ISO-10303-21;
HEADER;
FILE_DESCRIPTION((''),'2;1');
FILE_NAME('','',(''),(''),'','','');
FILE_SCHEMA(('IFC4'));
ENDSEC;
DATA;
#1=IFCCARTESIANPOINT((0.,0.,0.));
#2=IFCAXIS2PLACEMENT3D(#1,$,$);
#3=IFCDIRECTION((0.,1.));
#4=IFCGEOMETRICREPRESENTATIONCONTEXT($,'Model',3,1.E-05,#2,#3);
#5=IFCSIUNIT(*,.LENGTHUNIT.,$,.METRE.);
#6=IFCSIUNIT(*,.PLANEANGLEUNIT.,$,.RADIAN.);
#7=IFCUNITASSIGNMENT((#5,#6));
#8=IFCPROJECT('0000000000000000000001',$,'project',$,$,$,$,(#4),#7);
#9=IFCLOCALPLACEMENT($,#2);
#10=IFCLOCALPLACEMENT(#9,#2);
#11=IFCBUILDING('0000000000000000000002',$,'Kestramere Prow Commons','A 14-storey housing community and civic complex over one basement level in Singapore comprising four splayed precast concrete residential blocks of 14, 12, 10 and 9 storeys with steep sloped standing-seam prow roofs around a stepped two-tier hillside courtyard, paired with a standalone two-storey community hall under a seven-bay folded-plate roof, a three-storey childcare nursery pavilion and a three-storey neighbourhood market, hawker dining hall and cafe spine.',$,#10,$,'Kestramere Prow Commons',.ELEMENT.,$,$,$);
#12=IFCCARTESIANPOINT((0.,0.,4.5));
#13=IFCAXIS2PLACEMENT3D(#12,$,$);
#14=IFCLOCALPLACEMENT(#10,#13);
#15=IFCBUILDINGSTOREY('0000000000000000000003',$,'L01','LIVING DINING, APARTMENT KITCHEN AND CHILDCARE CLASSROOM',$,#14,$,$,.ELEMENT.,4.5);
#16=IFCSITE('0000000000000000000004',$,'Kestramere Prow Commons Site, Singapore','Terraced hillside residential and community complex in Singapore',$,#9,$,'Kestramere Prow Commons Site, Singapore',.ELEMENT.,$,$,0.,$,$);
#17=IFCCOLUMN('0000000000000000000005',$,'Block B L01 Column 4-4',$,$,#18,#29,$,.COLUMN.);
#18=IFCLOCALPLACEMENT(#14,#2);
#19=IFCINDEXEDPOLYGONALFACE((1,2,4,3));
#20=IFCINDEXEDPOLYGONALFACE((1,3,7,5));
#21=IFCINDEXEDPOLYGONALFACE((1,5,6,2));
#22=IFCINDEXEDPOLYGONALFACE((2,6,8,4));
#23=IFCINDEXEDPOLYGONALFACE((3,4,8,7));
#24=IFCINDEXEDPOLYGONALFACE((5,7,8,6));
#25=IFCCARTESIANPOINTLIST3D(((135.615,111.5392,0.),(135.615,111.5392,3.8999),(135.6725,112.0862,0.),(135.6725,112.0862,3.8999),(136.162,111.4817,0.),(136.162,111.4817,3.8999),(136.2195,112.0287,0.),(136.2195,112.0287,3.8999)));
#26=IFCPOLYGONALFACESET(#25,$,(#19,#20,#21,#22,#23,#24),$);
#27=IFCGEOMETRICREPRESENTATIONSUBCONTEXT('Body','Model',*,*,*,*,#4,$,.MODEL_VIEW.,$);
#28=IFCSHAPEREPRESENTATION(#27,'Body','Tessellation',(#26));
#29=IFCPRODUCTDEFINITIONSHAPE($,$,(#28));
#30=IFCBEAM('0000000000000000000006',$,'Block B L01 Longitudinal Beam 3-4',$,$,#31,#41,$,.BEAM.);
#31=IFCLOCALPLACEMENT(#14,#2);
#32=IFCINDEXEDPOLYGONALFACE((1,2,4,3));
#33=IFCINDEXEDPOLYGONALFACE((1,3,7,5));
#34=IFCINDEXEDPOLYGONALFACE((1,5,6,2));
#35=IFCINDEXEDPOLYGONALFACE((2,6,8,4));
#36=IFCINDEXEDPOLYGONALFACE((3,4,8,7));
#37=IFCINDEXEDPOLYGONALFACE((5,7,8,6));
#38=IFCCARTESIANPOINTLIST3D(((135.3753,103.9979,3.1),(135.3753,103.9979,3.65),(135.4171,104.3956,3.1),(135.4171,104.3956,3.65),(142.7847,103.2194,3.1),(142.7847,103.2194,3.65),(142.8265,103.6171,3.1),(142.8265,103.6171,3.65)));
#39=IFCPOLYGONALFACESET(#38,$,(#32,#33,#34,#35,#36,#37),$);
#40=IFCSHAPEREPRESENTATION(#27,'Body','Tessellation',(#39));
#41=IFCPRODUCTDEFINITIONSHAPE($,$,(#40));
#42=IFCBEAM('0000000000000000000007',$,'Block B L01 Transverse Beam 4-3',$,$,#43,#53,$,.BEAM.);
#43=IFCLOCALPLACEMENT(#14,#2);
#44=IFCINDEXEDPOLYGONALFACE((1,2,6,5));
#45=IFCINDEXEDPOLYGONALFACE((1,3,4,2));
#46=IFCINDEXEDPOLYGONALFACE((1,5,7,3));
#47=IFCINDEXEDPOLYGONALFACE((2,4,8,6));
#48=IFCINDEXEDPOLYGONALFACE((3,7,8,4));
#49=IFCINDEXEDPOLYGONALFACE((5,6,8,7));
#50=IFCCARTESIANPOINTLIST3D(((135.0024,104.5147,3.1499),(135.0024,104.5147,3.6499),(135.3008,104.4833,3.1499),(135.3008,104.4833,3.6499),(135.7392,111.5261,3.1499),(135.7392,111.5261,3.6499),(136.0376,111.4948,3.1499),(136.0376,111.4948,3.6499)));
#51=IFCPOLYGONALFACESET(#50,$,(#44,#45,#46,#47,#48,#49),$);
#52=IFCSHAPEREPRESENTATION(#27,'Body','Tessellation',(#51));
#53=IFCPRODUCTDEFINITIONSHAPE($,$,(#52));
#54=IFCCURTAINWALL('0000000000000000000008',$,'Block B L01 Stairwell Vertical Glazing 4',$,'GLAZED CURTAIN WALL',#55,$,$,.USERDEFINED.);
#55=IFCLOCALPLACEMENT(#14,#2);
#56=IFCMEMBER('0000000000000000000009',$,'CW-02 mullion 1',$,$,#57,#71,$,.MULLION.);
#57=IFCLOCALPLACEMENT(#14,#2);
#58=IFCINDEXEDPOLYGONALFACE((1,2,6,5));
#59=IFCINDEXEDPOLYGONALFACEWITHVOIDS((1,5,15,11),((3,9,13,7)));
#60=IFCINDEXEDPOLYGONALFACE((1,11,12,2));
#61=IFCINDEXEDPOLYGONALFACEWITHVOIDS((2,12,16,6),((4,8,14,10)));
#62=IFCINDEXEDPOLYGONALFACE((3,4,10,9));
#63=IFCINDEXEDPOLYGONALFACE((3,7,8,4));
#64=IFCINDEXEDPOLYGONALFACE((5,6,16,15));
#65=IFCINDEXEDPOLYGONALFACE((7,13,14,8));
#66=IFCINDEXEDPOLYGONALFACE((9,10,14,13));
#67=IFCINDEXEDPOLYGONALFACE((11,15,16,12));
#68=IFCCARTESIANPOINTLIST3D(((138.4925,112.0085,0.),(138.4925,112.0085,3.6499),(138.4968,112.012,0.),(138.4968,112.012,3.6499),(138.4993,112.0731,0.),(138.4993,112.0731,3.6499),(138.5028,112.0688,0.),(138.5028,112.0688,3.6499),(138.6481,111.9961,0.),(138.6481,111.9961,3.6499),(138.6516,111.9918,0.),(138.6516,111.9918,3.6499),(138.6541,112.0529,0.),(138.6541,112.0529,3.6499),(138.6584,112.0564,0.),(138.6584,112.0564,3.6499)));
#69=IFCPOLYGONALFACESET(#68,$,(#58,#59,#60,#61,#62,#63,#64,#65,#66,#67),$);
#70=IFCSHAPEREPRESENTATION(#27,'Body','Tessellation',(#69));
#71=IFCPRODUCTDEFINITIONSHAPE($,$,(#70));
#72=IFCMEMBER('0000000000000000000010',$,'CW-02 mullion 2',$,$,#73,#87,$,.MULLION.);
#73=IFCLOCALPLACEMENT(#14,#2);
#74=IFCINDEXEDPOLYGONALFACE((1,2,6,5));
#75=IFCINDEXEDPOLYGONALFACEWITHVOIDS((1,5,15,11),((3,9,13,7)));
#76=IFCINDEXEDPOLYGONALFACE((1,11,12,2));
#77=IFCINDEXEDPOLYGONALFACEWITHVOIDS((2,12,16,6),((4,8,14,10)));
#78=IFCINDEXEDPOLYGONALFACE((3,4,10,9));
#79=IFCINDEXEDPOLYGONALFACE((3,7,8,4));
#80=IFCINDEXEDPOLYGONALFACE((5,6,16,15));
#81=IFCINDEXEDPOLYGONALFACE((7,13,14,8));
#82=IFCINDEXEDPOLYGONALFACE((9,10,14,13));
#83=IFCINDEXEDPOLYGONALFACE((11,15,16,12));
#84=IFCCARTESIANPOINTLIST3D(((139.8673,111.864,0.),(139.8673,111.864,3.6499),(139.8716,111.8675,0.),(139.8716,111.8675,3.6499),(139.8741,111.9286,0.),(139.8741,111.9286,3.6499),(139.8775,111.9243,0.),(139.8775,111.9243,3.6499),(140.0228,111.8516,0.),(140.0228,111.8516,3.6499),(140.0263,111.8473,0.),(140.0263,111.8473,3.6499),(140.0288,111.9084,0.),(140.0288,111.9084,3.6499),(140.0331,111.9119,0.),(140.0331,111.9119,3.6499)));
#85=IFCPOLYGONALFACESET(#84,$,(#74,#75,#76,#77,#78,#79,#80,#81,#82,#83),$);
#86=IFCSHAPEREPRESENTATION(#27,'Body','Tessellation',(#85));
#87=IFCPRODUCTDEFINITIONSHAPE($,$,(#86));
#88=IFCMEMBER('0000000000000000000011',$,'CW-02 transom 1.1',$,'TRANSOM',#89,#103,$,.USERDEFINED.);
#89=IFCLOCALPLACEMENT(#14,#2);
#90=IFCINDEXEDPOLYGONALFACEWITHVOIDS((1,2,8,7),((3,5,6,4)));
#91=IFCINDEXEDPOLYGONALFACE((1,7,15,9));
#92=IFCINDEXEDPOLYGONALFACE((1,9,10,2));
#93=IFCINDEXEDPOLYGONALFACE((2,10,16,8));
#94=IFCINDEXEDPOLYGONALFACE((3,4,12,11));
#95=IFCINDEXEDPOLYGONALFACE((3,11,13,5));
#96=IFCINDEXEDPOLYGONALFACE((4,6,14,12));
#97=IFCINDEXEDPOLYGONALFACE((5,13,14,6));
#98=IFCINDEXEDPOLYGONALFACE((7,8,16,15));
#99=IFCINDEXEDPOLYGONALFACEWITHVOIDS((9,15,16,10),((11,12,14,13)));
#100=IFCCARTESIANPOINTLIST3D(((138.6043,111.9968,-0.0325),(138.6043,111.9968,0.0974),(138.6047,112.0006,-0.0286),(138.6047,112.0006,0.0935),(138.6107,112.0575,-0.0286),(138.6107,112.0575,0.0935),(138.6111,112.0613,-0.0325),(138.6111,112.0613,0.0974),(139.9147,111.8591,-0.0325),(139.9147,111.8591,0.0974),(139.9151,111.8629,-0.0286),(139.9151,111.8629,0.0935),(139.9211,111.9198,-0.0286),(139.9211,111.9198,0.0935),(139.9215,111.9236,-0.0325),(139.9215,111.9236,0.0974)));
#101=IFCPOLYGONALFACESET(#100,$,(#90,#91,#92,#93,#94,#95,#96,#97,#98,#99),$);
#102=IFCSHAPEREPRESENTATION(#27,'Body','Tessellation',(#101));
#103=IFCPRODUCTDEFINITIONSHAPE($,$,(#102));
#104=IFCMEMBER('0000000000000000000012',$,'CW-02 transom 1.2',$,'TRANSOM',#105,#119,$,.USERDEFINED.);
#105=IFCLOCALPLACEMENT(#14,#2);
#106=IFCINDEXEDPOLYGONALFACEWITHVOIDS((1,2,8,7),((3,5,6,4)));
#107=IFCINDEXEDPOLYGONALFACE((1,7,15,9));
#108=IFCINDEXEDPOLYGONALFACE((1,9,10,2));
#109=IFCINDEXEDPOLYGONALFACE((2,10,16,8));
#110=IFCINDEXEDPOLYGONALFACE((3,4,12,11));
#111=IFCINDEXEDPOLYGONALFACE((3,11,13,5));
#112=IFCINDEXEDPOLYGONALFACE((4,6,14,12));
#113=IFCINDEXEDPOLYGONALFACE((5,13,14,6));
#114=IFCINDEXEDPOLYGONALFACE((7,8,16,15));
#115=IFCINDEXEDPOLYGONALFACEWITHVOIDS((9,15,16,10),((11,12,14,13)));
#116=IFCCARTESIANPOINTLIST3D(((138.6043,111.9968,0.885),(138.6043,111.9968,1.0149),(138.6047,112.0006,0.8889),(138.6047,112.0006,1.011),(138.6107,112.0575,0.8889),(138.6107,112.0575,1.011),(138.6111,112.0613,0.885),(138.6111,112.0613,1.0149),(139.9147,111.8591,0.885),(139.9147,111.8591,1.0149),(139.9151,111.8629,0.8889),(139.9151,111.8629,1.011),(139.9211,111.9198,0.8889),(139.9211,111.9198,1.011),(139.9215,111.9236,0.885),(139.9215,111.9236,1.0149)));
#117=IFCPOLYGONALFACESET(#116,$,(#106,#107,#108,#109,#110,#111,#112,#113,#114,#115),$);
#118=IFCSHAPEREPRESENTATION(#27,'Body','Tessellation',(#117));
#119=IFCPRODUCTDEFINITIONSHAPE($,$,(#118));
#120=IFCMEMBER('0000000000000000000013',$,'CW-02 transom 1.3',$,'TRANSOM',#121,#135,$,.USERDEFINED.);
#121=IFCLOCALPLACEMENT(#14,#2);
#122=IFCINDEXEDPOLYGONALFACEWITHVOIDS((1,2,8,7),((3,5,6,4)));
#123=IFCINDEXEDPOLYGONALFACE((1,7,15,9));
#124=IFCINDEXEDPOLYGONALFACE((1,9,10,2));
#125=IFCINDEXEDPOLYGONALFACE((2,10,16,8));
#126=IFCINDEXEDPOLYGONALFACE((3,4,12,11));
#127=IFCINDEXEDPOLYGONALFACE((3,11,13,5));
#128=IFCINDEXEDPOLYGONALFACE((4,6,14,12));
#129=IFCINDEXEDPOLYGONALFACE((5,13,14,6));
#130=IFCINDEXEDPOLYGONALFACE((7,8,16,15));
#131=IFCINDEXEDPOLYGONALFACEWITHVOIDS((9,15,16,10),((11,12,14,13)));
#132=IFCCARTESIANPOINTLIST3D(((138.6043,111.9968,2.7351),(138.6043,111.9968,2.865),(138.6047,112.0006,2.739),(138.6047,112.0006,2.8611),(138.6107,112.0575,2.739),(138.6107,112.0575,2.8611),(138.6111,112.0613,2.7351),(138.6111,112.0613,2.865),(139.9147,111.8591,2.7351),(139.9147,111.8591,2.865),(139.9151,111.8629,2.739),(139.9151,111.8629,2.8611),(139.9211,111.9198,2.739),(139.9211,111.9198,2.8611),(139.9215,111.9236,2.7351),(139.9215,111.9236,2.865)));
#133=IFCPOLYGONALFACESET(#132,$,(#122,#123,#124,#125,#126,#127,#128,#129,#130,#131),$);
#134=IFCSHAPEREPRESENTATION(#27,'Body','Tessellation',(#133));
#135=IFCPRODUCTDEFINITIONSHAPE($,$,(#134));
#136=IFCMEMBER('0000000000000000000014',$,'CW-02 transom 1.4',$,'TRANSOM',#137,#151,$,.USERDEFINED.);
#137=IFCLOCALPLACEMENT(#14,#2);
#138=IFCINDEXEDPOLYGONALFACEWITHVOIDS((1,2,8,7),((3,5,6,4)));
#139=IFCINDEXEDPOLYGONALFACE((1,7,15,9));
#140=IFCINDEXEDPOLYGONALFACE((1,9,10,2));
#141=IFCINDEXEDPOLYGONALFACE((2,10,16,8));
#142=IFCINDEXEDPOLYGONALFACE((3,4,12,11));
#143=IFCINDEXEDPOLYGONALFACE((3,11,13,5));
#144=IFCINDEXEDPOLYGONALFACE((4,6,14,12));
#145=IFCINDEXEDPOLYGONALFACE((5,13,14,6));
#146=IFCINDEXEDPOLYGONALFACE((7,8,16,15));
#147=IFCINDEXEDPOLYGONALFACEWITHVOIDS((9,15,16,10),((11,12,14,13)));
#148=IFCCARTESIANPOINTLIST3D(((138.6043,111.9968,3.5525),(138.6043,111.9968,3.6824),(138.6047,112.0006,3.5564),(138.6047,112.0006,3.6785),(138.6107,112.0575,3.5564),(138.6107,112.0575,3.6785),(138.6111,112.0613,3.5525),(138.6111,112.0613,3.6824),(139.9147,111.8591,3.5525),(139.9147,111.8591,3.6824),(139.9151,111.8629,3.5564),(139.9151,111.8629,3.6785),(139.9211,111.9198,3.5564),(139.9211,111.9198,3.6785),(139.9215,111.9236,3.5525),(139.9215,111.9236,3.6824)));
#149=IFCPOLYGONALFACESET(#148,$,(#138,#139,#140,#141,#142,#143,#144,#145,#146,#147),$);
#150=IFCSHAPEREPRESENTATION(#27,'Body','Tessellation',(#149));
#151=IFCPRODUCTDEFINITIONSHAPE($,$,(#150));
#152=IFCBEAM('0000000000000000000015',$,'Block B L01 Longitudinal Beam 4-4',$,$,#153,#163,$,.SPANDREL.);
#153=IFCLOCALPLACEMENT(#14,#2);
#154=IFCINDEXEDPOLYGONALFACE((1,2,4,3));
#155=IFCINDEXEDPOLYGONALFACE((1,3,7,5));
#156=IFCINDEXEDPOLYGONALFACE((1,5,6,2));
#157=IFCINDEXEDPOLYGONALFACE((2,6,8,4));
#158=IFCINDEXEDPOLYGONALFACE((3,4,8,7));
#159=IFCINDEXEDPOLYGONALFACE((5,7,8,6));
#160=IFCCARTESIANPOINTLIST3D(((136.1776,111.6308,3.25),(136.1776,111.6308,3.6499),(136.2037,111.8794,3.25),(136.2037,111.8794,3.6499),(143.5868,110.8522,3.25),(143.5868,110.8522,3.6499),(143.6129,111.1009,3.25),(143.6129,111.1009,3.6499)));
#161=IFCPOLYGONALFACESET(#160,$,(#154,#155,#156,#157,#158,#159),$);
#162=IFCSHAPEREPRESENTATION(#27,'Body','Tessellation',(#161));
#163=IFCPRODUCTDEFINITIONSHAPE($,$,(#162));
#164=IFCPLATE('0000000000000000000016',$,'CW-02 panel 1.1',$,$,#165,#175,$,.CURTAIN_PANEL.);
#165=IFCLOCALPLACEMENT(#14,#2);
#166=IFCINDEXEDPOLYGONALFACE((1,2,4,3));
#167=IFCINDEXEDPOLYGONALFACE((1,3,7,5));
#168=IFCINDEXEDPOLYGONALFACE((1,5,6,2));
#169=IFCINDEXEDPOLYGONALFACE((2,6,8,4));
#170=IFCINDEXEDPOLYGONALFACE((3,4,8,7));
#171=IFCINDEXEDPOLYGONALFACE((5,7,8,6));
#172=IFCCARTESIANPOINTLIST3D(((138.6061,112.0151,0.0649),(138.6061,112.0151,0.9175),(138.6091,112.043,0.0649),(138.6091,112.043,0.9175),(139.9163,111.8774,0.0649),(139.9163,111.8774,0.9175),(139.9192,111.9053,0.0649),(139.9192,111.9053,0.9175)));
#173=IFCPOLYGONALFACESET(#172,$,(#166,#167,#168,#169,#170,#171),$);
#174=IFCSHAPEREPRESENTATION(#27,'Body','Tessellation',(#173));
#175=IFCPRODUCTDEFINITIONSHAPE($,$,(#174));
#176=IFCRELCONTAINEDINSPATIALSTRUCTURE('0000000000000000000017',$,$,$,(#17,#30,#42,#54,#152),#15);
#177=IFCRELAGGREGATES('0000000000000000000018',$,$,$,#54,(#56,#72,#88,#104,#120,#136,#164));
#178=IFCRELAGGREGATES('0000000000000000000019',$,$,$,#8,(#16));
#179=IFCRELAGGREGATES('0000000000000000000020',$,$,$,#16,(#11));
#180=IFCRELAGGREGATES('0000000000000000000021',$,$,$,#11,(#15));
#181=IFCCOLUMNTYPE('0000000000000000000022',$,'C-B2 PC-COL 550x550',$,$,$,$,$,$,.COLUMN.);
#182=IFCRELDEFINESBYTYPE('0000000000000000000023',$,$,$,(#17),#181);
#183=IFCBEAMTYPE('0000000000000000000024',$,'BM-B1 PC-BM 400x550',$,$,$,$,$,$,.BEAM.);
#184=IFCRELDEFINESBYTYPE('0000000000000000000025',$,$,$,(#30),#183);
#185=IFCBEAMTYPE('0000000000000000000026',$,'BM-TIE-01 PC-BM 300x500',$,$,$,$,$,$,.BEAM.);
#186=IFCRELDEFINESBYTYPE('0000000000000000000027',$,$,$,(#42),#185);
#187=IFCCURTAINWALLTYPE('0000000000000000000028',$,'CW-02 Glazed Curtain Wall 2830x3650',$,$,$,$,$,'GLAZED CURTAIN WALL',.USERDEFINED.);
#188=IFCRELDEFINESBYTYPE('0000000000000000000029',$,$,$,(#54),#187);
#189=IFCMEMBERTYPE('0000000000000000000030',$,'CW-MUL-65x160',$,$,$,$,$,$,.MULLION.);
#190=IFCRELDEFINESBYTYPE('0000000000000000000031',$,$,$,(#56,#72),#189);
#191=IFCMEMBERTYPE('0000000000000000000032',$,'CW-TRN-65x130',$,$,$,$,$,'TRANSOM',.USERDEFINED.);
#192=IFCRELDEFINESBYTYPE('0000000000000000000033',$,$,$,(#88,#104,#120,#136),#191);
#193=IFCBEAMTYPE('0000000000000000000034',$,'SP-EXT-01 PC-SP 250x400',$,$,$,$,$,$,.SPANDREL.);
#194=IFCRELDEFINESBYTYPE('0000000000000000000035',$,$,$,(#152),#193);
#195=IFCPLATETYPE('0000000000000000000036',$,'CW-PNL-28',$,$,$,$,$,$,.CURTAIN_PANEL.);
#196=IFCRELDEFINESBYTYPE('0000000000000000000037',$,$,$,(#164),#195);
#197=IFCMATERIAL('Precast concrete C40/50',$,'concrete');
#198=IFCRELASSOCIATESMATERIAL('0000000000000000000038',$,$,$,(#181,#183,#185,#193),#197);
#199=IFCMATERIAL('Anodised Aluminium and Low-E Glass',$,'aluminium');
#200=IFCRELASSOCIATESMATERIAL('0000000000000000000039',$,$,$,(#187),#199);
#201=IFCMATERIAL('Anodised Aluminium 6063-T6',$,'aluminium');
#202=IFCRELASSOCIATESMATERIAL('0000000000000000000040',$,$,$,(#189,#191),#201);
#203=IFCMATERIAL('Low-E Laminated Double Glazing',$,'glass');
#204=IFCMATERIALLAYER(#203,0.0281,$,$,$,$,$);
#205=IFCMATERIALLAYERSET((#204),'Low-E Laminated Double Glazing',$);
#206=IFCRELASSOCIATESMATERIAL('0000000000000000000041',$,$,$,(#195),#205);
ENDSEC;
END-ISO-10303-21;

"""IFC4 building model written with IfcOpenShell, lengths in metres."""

from ifc_helpers import new_model, si_unit, direction, frame, origin, origin_2d, place, context, subcontext, project, spatial, rectangle, hollow_rectangle, extrude, material, layer, layer_set, material_profile, profile_set, type_object, element, aggregate, save


model = new_model("IFC4")

# Units and contexts
model_context = context("Model", 3, precision=1e-05, world=origin(), true_north=direction((0.0, 1.0)))
body_context = subcontext(model_context, "Body", "Model", "MODEL_VIEW")
ifc_project = project(units=[si_unit("LENGTHUNIT", "METRE"), si_unit("PLANEANGLEUNIT", "RADIAN")], contexts=[model_context])

# Site, building, storey
site_placement = place(None, origin())
site = spatial("IfcSite", under=ifc_project, at=site_placement, Name="Kestramere Prow Commons Site, Singapore", Description="Terraced hillside residential and community complex in Singapore", LongName="Kestramere Prow Commons Site, Singapore", CompositionType="ELEMENT", RefElevation=0.0)
building_placement = place(site_placement, origin())
building = spatial("IfcBuilding", under=site, at=building_placement, Name="Kestramere Prow Commons", Description="A 14-storey housing community and civic complex over one basement level in Singapore comprising four splayed precast concrete residential blocks of 14, 12, 10 and 9 storeys with steep sloped standing-seam prow roofs around a stepped two-tier hillside courtyard, paired with a standalone two-storey community hall under a seven-bay folded-plate roof, a three-storey childcare nursery pavilion and a three-storey neighbourhood market, hawker dining hall and cafe spine.", LongName="Kestramere Prow Commons", CompositionType="ELEMENT")
storey_placement = place(building_placement, frame((0.0, 0.0, 4.5)))
storey = spatial("IfcBuildingStorey", under=building, at=storey_placement, Name="L01", Description="LIVING DINING, APARTMENT KITCHEN AND CHILDCARE CLASSROOM", CompositionType="ELEMENT", Elevation=4.5)

# Column
ifc_material_1 = material(Name="Precast concrete C40/50", Category="concrete")
ifc_material_profile_1 = material_profile(ifc_material_1, rectangle(XDim=0.55, YDim=0.55, at=origin_2d()), Name="PC-COL 550x550")
ifc_profile_set_1 = profile_set([ifc_material_profile_1], Name="Precast concrete C40/50")
column_type = type_object("IfcColumnType", Name="C-B2 PC-COL 550x550", PredefinedType="COLUMN", material=ifc_profile_set_1)
column_placement = place(storey_placement, frame((135.9172, 111.7839, 0.0), z_axis=(0.0, 0.0, 1.0), x_axis=(0.994522, -0.104528, 0.0)))
element("IfcColumn", 1, at=column_placement, inside=storey, type_object=column_type, Name="Block B L01 Column 4-4", PredefinedType="COLUMN", context=body_context, shape_type="SweptSolid", body=[
    extrude(rectangle(XDim=0.55, YDim=0.55, at=origin_2d()), origin(), (0.0, 0.0, 1.0), 3.8999),
])

# Beams
ifc_material_profile_2 = material_profile(ifc_material_1, rectangle(XDim=0.3999, YDim=0.55, at=origin_2d()), Name="PC-BM 400x550")
ifc_profile_set_2 = profile_set([ifc_material_profile_2], Name="Precast concrete C40/50")
beam_type_1 = type_object("IfcBeamType", Name="BM-B1 PC-BM 400x550", PredefinedType="BEAM", material=ifc_profile_set_2)
beam_1_placement = place(storey_placement, frame((135.3962, 104.1968, 3.375), z_axis=(0.994525, -0.104502, 0.0), x_axis=(0.104502, 0.994525, 0.0)))
element("IfcBeam", 2, at=beam_1_placement, inside=storey, type_object=beam_type_1, Name="Block B L01 Longitudinal Beam 3-4", PredefinedType="BEAM", context=body_context, shape_type="SweptSolid", body=[
    extrude(rectangle(XDim=0.3999, YDim=0.55, at=origin_2d()), origin(), (0.0, 0.0, 1.0), 7.4502),
])
ifc_material_profile_3 = material_profile(ifc_material_1, rectangle(XDim=0.3, YDim=0.5, at=origin_2d()), Name="PC-BM 300x500")
ifc_profile_set_3 = profile_set([ifc_material_profile_3], Name="Precast concrete C40/50")
beam_type_2 = type_object("IfcBeamType", Name="BM-TIE-01 PC-BM 300x500", PredefinedType="BEAM", material=ifc_profile_set_3)
beam_2_placement = place(storey_placement, frame((135.1516, 104.499, 3.3999), z_axis=(0.104512, 0.994524, 0.0), x_axis=(-0.994524, 0.104512, 0.0)))
element("IfcBeam", 3, at=beam_2_placement, inside=storey, type_object=beam_type_2, Name="Block B L01 Transverse Beam 4-3", PredefinedType="BEAM", context=body_context, shape_type="SweptSolid", body=[
    extrude(rectangle(XDim=0.3, YDim=0.5, at=origin_2d()), origin(), (0.0, 0.0, 1.0), 7.05),
])

# Curtain wall, members
ifc_material_2 = material(Name="Anodised Aluminium and Low-E Glass", Category="aluminium")
curtain_wall_type = type_object("IfcCurtainWallType", Name="CW-02 Glazed Curtain Wall 2830x3650", ElementType="GLAZED CURTAIN WALL", PredefinedType="USERDEFINED", material=ifc_material_2)
curtain_wall_placement = place(storey_placement, origin())
curtain_wall = element("IfcCurtainWall", 4, at=curtain_wall_placement, inside=storey, type_object=curtain_wall_type, Name="Block B L01 Stairwell Vertical Glazing 4", ObjectType="GLAZED CURTAIN WALL", PredefinedType="USERDEFINED")
ifc_material_3 = material(Name="Anodised Aluminium 6063-T6", Category="aluminium")
ifc_material_profile_4 = material_profile(ifc_material_3, hollow_rectangle(XDim=0.0649, YDim=0.1599, WallThickness=0.0039, at=origin_2d()), Name="ALU-MUL 65x160")
ifc_profile_set_4 = profile_set([ifc_material_profile_4], Name="Anodised Aluminium 6063-T6")
member_type_1 = type_object("IfcMemberType", Name="CW-MUL-65x160", PredefinedType="MULLION", material=ifc_profile_set_4)
member_1_placement = place(storey_placement, frame((138.5754, 112.0325, 0.0), z_axis=(0.0, 0.0, 1.0), x_axis=(0.104529, 0.994522, 0.0)))
member_1 = element("IfcMember", 5, at=member_1_placement, type_object=member_type_1, Name="CW-02 mullion 1", PredefinedType="MULLION", context=body_context, shape_type="SweptSolid", body=[
    extrude(hollow_rectangle(XDim=0.0649, YDim=0.1599, WallThickness=0.0039, at=origin_2d()), origin(), (0.0, 0.0, 1.0), 3.6499),
])
member_2_placement = place(storey_placement, frame((139.9502, 111.8879, 0.0), z_axis=(0.0, 0.0, 1.0), x_axis=(0.104529, 0.994522, 0.0)))
member_2 = element("IfcMember", 6, at=member_2_placement, type_object=member_type_1, Name="CW-02 mullion 2", PredefinedType="MULLION", context=body_context, shape_type="SweptSolid", body=[
    extrude(hollow_rectangle(XDim=0.0649, YDim=0.1599, WallThickness=0.0039, at=origin_2d()), origin(), (0.0, 0.0, 1.0), 3.6499),
])
ifc_material_profile_5 = material_profile(ifc_material_3, hollow_rectangle(XDim=0.0649, YDim=0.1299, WallThickness=0.0039, at=origin_2d()), Name="ALU-TRN 65x130")
ifc_profile_set_5 = profile_set([ifc_material_profile_5], Name="Anodised Aluminium 6063-T6")
member_type_2 = type_object("IfcMemberType", Name="CW-TRN-65x130", ElementType="TRANSOM", PredefinedType="USERDEFINED", material=ifc_profile_set_5)
member_3_placement = place(storey_placement, frame((138.6077, 112.0291, 0.0325), z_axis=(0.994524, -0.104511, 0.0), x_axis=(0.104511, 0.994524, 0.0)))
member_3 = element("IfcMember", 7, at=member_3_placement, type_object=member_type_2, Name="CW-02 transom 1.1", ObjectType="TRANSOM", PredefinedType="USERDEFINED", context=body_context, shape_type="SweptSolid", body=[
    extrude(hollow_rectangle(XDim=0.0649, YDim=0.1299, WallThickness=0.0039, at=origin_2d()), origin(), (0.0, 0.0, 1.0), 1.3176),
])
member_4_placement = place(storey_placement, frame((138.6077, 112.0291, 0.95), z_axis=(0.994524, -0.104511, 0.0), x_axis=(0.104511, 0.994524, 0.0)))
member_4 = element("IfcMember", 8, at=member_4_placement, type_object=member_type_2, Name="CW-02 transom 1.2", ObjectType="TRANSOM", PredefinedType="USERDEFINED", context=body_context, shape_type="SweptSolid", body=[
    extrude(hollow_rectangle(XDim=0.0649, YDim=0.1299, WallThickness=0.0039, at=origin_2d()), origin(), (0.0, 0.0, 1.0), 1.3176),
])
member_5_placement = place(storey_placement, frame((138.6077, 112.0291, 2.8), z_axis=(0.994524, -0.104511, 0.0), x_axis=(0.104511, 0.994524, 0.0)))
member_5 = element("IfcMember", 9, at=member_5_placement, type_object=member_type_2, Name="CW-02 transom 1.3", ObjectType="TRANSOM", PredefinedType="USERDEFINED", context=body_context, shape_type="SweptSolid", body=[
    extrude(hollow_rectangle(XDim=0.0649, YDim=0.1299, WallThickness=0.0039, at=origin_2d()), origin(), (0.0, 0.0, 1.0), 1.3176),
])
member_6_placement = place(storey_placement, frame((138.6077, 112.0291, 3.6174), z_axis=(0.994524, -0.104511, 0.0), x_axis=(0.104511, 0.994524, 0.0)))
member_6 = element("IfcMember", 10, at=member_6_placement, type_object=member_type_2, Name="CW-02 transom 1.4", ObjectType="TRANSOM", PredefinedType="USERDEFINED", context=body_context, shape_type="SweptSolid", body=[
    extrude(hollow_rectangle(XDim=0.0649, YDim=0.1299, WallThickness=0.0039, at=origin_2d()), origin(), (0.0, 0.0, 1.0), 1.3176),
])

# Beam
ifc_material_profile_6 = material_profile(ifc_material_1, rectangle(XDim=0.25, YDim=0.3999, at=origin_2d()), Name="PC-SP 250x400")
ifc_profile_set_6 = profile_set([ifc_material_profile_6], Name="Precast concrete C40/50")
beam_type_3 = type_object("IfcBeamType", Name="SP-EXT-01 PC-SP 250x400", PredefinedType="SPANDREL", material=ifc_profile_set_6)
beam_3_placement = place(storey_placement, frame((136.1907, 111.7551, 3.45), z_axis=(0.994524, -0.104506, 0.0), x_axis=(0.104506, 0.994524, 0.0)))
element("IfcBeam", 11, at=beam_3_placement, inside=storey, type_object=beam_type_3, Name="Block B L01 Longitudinal Beam 4-4", PredefinedType="SPANDREL", context=body_context, shape_type="SweptSolid", body=[
    extrude(rectangle(XDim=0.25, YDim=0.3999, at=origin_2d()), origin(), (0.0, 0.0, 1.0), 7.45),
])

# Plate
ifc_material_4 = material(Name="Low-E Laminated Double Glazing", Category="glass")
ifc_layer_1 = layer(ifc_material_4, 0.0281)
ifc_layer_set_1 = layer_set([ifc_layer_1], Name="Low-E Laminated Double Glazing")
plate_type = type_object("IfcPlateType", Name="CW-PNL-28", PredefinedType="CURTAIN_PANEL", material=ifc_layer_set_1)
plate_1_placement = place(storey_placement, frame((139.2627, 111.9602, 0.0649), z_axis=(0.0, 0.0, 1.0), x_axis=(0.994522, -0.104529, 0.0)))
plate_1 = element("IfcPlate", 12, at=plate_1_placement, type_object=plate_type, Name="CW-02 panel 1.1", PredefinedType="CURTAIN_PANEL", context=body_context, shape_type="SweptSolid", body=[
    extrude(rectangle(XDim=1.3174, YDim=0.0281, at=origin_2d()), origin(), (0.0, 0.0, 1.0), 0.8525),
])
aggregate(curtain_wall, [member_1, member_2, member_3, member_4, member_5, member_6, plate_1])

save(model, "model.ifc")
